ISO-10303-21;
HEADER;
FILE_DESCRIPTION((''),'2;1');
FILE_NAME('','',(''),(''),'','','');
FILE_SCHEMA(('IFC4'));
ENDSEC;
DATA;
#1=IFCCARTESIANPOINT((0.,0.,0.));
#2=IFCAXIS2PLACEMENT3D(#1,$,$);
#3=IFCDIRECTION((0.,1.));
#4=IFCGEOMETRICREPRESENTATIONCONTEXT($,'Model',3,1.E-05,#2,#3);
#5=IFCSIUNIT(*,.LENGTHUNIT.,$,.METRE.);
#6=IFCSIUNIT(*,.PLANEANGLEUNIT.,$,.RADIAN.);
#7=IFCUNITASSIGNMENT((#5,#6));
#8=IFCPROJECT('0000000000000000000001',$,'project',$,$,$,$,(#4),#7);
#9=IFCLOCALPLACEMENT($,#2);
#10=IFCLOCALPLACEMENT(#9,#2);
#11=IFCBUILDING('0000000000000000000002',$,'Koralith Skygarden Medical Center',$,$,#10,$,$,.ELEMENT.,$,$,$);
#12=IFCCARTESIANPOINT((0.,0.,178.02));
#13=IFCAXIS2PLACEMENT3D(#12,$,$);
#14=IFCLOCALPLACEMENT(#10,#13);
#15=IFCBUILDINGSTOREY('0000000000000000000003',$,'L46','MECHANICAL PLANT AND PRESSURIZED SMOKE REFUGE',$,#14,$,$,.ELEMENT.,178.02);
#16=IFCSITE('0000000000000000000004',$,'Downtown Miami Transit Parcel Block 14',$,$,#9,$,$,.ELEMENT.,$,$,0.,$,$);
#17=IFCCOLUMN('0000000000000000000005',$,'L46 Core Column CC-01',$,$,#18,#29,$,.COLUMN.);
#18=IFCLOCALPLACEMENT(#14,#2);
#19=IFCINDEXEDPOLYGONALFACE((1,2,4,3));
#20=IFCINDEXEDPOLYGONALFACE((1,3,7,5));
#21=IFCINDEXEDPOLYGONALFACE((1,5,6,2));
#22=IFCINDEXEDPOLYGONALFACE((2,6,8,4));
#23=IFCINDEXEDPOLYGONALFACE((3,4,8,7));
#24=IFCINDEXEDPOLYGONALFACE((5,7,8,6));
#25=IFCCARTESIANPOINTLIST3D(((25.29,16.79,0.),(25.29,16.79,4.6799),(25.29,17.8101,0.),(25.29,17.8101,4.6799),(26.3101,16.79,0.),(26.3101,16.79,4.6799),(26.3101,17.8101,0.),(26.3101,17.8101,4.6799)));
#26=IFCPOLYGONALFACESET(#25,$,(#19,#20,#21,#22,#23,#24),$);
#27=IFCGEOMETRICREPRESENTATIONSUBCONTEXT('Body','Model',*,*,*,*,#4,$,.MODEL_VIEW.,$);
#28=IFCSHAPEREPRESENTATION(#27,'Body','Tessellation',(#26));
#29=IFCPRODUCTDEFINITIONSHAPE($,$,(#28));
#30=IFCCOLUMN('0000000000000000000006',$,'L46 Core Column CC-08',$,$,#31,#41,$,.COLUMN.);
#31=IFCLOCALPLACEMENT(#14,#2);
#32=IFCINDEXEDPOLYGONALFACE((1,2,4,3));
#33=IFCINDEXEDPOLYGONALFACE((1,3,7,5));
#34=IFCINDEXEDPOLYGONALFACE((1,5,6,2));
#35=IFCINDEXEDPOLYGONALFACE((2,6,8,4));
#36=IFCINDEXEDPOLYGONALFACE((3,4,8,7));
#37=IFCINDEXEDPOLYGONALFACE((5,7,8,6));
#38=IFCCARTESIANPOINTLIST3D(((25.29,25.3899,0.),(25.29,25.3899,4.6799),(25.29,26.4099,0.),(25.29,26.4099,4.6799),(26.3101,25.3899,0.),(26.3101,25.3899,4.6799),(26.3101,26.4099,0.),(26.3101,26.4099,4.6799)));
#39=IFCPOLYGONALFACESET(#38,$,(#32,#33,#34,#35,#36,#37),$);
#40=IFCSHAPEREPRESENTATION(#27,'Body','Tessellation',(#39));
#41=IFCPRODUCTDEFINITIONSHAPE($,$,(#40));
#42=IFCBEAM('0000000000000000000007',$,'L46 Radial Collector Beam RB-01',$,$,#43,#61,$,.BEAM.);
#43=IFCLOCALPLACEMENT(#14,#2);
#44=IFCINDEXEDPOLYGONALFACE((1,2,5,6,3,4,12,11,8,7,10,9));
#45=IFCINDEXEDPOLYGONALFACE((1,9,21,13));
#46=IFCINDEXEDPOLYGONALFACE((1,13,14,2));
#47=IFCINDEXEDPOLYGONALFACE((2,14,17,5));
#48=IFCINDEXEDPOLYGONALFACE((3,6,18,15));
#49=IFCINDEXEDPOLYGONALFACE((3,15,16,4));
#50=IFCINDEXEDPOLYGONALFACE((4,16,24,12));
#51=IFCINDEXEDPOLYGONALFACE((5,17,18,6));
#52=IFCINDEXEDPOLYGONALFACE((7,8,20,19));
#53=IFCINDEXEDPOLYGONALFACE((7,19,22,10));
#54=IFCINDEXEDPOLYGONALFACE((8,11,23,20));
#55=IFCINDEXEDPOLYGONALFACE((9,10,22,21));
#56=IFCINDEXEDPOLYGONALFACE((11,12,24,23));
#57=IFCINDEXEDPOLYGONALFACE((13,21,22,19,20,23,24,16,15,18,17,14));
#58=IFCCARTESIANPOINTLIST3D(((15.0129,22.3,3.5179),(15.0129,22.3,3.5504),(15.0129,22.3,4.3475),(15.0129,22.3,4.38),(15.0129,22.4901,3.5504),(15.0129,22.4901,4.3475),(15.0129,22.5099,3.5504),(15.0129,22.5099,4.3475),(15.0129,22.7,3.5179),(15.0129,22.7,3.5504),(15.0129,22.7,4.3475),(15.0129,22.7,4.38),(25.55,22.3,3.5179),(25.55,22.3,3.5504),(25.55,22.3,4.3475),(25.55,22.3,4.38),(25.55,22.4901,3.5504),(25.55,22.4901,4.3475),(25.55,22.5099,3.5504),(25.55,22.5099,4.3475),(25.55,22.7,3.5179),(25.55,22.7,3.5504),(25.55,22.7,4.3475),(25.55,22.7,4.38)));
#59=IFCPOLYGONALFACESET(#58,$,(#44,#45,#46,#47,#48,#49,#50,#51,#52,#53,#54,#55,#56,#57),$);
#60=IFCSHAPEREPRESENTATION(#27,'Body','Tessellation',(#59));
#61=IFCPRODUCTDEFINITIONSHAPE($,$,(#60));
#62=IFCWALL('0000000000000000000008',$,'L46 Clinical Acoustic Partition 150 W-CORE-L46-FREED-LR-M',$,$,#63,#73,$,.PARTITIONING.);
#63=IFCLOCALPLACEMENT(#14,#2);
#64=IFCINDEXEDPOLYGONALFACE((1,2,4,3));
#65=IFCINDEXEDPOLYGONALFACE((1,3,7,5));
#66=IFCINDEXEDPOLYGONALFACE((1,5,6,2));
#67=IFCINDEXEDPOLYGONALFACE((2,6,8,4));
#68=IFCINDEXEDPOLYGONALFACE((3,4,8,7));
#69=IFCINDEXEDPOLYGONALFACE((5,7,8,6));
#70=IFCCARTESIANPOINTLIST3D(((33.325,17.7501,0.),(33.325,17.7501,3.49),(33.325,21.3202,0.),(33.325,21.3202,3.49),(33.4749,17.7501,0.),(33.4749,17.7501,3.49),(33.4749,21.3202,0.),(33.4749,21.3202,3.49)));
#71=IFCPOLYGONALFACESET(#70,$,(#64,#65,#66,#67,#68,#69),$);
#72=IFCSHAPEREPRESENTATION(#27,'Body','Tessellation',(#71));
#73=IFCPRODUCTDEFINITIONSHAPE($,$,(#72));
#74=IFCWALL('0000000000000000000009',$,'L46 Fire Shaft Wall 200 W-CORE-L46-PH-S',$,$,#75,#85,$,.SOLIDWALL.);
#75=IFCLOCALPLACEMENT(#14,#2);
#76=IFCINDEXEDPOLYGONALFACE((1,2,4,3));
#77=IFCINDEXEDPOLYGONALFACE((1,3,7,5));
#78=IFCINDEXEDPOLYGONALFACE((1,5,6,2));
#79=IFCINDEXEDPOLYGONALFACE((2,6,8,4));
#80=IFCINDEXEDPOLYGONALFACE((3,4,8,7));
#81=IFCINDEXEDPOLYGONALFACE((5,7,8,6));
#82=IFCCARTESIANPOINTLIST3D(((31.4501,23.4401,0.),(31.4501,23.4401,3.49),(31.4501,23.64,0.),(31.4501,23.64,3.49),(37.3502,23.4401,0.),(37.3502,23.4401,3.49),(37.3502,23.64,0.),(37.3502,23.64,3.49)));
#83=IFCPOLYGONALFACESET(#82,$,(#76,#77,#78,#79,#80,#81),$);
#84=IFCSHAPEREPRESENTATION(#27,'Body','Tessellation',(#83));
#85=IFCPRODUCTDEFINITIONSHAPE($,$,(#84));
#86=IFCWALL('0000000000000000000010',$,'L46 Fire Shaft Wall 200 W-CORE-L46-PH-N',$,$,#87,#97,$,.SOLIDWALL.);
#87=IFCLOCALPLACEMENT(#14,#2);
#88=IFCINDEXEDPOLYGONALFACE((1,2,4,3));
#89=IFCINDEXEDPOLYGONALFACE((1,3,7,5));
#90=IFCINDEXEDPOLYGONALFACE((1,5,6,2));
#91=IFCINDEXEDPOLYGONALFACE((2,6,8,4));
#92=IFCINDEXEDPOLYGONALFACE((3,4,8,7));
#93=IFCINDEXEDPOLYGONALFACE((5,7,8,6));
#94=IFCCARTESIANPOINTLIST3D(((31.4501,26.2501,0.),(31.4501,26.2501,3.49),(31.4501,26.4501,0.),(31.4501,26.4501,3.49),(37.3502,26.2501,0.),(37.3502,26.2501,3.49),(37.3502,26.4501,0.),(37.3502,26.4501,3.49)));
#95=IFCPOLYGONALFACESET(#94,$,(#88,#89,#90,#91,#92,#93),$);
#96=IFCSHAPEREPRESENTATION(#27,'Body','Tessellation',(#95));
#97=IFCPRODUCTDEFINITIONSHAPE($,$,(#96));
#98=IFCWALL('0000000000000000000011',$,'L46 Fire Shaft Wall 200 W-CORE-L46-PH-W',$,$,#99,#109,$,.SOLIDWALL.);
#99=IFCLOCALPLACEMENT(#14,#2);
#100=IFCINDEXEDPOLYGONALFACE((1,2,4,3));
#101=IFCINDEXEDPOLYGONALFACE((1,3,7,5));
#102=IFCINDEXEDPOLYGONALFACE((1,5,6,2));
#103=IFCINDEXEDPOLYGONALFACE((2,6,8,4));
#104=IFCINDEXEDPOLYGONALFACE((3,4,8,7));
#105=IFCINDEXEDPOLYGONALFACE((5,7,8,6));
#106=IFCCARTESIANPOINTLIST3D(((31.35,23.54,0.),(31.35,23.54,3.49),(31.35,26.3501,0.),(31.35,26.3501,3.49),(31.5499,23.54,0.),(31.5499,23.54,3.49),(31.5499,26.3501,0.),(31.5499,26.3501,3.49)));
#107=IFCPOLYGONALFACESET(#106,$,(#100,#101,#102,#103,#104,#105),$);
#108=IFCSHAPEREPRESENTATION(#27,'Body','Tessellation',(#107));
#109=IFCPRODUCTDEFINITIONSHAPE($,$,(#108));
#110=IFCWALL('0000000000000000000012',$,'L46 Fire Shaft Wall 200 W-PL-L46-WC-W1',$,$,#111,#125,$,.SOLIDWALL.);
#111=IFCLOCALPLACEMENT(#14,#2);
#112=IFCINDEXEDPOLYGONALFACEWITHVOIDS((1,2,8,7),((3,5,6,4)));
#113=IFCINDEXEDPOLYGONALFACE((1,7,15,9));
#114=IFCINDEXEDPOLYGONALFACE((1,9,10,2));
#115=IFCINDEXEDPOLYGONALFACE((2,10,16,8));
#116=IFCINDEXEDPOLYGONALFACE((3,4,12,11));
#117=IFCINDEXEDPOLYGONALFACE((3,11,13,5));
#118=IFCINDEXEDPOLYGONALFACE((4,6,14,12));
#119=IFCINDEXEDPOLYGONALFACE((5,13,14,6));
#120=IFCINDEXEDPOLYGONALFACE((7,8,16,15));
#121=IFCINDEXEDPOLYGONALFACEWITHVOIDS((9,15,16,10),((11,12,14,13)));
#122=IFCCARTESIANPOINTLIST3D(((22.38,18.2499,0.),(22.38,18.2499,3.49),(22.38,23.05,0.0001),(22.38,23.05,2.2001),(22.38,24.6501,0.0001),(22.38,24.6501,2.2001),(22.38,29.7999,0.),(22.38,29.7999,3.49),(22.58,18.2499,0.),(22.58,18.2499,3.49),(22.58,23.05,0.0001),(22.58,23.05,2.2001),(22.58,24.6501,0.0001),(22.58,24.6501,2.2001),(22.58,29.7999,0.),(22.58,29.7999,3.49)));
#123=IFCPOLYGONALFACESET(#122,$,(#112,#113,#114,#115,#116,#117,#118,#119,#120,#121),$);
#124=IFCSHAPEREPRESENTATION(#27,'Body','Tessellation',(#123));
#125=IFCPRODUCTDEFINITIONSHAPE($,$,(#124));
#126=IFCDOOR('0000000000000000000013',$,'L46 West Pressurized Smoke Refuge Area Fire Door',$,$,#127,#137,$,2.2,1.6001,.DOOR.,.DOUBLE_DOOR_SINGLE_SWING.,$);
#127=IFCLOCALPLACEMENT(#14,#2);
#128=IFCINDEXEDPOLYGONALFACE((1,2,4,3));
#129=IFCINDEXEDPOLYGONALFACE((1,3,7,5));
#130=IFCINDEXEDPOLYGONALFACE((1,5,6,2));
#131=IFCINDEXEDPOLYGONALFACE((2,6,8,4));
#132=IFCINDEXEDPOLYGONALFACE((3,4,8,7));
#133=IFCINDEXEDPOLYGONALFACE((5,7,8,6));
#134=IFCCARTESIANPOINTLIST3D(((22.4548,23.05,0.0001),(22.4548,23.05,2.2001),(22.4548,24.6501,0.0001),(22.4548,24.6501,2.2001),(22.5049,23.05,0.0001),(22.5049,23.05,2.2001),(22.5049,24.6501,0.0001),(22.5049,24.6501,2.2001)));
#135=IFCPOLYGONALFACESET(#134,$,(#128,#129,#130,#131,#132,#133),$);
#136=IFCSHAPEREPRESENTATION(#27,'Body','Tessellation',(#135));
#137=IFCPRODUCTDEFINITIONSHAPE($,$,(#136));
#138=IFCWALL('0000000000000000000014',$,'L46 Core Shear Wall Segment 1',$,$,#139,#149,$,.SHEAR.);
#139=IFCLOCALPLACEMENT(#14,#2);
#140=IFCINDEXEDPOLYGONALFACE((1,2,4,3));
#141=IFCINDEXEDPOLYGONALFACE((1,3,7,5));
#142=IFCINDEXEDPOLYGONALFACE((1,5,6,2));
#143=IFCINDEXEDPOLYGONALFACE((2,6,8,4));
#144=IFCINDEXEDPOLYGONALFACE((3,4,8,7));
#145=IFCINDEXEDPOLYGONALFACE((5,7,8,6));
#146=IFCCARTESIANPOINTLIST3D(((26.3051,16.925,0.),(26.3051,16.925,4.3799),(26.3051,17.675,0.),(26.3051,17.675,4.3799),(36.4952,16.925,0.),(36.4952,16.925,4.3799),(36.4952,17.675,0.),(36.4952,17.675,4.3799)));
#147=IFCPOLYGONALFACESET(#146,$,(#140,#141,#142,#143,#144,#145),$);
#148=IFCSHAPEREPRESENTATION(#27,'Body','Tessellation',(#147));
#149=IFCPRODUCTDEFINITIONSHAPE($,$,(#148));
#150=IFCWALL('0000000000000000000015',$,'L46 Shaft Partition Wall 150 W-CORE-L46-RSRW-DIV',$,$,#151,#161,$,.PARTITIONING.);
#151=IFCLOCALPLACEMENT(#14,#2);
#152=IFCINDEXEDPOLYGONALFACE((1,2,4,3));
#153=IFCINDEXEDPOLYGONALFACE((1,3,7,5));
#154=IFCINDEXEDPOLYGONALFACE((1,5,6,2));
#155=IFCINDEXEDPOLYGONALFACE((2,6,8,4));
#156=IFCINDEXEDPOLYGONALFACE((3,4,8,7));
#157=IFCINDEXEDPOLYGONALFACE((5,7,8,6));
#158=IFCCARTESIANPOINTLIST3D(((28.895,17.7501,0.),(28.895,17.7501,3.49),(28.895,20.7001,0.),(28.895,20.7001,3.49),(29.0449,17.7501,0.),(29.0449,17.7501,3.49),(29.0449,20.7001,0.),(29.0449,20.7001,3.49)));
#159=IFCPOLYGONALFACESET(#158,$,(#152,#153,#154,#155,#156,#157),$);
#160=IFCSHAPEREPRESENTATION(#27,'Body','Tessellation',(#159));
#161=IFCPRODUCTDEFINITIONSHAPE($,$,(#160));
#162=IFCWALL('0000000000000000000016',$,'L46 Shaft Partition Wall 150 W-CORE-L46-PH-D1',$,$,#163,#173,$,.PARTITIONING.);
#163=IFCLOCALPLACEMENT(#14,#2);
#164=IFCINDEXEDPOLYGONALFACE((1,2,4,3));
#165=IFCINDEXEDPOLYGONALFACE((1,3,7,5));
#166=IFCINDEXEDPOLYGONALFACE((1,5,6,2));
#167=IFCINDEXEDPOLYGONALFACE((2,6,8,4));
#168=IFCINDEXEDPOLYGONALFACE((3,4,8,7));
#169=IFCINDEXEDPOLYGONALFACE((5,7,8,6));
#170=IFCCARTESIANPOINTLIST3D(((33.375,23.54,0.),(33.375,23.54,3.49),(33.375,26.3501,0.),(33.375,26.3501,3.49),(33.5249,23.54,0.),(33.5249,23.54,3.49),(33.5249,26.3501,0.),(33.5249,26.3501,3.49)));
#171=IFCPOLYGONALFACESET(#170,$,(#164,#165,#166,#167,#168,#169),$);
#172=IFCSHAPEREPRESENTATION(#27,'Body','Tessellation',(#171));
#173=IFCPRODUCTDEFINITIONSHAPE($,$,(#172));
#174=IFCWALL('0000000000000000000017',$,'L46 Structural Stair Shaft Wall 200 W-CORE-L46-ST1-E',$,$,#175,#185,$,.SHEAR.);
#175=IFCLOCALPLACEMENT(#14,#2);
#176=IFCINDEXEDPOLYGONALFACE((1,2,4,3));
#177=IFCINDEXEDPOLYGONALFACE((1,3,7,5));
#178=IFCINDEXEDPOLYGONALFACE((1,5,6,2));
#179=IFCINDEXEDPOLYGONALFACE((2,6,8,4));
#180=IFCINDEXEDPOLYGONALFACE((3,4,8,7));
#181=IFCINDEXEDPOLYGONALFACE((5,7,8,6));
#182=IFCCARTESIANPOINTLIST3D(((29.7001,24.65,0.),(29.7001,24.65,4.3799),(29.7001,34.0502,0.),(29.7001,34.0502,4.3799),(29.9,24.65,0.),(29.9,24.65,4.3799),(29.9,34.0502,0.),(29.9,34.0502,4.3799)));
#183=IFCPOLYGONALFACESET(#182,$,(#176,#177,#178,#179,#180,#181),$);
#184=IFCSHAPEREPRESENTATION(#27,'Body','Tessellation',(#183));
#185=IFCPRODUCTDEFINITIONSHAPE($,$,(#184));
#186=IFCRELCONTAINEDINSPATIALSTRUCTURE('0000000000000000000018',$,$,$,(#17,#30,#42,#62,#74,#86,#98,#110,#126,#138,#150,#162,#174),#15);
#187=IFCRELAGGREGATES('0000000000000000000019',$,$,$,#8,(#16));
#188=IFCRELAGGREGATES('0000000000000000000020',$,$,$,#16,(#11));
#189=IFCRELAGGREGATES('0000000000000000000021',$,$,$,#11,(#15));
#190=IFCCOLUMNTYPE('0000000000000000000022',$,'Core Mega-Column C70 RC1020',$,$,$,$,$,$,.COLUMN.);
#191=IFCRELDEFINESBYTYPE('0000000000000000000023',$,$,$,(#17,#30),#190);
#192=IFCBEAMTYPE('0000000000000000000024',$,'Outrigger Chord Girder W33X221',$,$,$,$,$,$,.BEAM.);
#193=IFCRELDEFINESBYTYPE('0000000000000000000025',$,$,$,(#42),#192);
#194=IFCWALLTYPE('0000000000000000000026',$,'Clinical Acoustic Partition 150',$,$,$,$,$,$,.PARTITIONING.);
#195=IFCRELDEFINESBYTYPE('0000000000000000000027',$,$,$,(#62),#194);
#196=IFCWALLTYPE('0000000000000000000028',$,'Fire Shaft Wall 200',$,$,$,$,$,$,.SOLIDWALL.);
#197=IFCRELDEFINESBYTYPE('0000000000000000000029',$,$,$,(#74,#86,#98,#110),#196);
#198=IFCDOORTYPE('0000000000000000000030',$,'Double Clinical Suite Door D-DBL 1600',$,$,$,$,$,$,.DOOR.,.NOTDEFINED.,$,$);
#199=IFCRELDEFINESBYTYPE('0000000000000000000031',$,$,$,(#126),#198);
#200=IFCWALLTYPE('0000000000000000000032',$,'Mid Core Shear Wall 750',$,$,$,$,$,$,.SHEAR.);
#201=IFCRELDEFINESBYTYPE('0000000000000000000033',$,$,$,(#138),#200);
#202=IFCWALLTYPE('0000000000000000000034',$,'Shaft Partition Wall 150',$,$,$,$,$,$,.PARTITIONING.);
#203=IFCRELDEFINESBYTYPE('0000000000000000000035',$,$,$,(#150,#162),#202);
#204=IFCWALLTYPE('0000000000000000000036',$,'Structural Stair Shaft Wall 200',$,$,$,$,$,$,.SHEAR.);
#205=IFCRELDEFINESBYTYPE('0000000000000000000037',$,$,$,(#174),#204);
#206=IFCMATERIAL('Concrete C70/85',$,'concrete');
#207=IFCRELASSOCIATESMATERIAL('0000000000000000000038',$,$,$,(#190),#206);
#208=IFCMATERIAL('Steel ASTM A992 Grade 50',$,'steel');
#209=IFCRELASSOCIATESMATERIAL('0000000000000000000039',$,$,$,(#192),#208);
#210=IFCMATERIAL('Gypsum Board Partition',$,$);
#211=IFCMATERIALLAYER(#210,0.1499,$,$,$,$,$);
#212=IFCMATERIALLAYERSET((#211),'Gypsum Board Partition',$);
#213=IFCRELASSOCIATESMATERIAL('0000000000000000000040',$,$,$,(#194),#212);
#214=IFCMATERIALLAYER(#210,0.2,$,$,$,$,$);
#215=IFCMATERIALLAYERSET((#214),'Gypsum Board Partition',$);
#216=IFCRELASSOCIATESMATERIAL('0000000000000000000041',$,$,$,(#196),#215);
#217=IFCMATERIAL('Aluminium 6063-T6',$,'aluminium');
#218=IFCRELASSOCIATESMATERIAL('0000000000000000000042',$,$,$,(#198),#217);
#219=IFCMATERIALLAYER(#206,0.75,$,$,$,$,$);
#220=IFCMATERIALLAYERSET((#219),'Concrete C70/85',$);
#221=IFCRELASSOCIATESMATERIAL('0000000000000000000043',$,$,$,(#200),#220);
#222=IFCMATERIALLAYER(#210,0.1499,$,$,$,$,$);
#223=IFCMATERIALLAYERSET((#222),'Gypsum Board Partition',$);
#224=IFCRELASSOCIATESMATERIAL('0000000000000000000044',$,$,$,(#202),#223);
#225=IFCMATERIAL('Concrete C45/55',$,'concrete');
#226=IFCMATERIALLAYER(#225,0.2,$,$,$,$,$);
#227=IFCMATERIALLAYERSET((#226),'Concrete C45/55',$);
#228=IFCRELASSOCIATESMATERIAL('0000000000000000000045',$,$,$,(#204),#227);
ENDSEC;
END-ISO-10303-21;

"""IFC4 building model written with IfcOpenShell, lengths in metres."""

from ifc_helpers import new_model, si_unit, direction, frame, frame_2d, origin, origin_2d, place, context, subcontext, project, spatial, rectangle, i_section, extrude, material, layer, layer_set, material_profile, profile_set, type_object, element, fill, save


model = new_model("IFC4")

# Units and contexts
model_context = context("Model", 3, precision=1e-05, world=origin(), true_north=direction((0.0, 1.0)))
body_context = subcontext(model_context, "Body", "Model", "MODEL_VIEW")
ifc_project = project(units=[si_unit("LENGTHUNIT", "METRE"), si_unit("PLANEANGLEUNIT", "RADIAN")], contexts=[model_context])

# Site, building, storey
site_placement = place(None, origin())
site = spatial("IfcSite", under=ifc_project, at=site_placement, Name="Downtown Miami Transit Parcel Block 14", CompositionType="ELEMENT", RefElevation=0.0)
building_placement = place(site_placement, origin())
building = spatial("IfcBuilding", under=site, at=building_placement, Name="Koralith Skygarden Medical Center", CompositionType="ELEMENT")
storey_placement = place(building_placement, frame((0.0, 0.0, 178.02)))
storey = spatial("IfcBuildingStorey", under=building, at=storey_placement, Name="L46", Description="MECHANICAL PLANT AND PRESSURIZED SMOKE REFUGE", CompositionType="ELEMENT", Elevation=178.02)

# Columns
ifc_material_1 = material(Name="Concrete C70/85", Category="concrete")
ifc_material_profile_1 = material_profile(ifc_material_1, rectangle(XDim=1.02, YDim=1.02, at=origin_2d()), Name="RC1020X1020")
ifc_profile_set_1 = profile_set([ifc_material_profile_1], Name="Concrete C70/85")
column_type = type_object("IfcColumnType", Name="Core Mega-Column C70 RC1020", PredefinedType="COLUMN", material=ifc_profile_set_1)
for number, where, z_axis, x_axis, name in (
    (1, (25.8, 17.3, 0.0), (0.0, 0.0, 1.0), (1.0, 0.0, 0.0), "L46 Core Column CC-01"),
    (2, (25.8, 25.8999, 0.0), (0.0, 0.0, 1.0), (1.0, 0.0, 0.0), "L46 Core Column CC-08"),
):
    element("IfcColumn", number, at=place(storey_placement, frame(where, z_axis=z_axis, x_axis=x_axis)), inside=storey, type_object=column_type, Name=name, PredefinedType="COLUMN", context=body_context, shape_type="SweptSolid", body=[
        extrude(rectangle(XDim=1.02, YDim=1.02, at=origin_2d()), origin(), (0.0, 0.0, 1.0), 4.6799),
    ])

# Beam
ifc_material_2 = material(Name="Steel ASTM A992 Grade 50", Category="steel")
ifc_material_profile_2 = material_profile(ifc_material_2, i_section(OverallWidth=0.3999, OverallDepth=0.8621, WebThickness=0.0198, FlangeThickness=0.0325, at=origin_2d()), Name="W33X221")
ifc_profile_set_2 = profile_set([ifc_material_profile_2], Name="Steel ASTM A992 Grade 50")
beam_type = type_object("IfcBeamType", Name="Outrigger Chord Girder W33X221", PredefinedType="BEAM", material=ifc_profile_set_2)
beam_placement = place(storey_placement, frame((25.55, 22.5, 3.949), z_axis=(-1.0, 0.0, 0.0), x_axis=(0.0, -1.0, 0.0)))
element("IfcBeam", 3, at=beam_placement, inside=storey, type_object=beam_type, Name="L46 Radial Collector Beam RB-01", PredefinedType="BEAM", context=body_context, shape_type="SweptSolid", body=[
    extrude(i_section(OverallWidth=0.3999, OverallDepth=0.8621, WebThickness=0.0198, FlangeThickness=0.0325, at=origin_2d()), origin(), (0.0, 0.0, 1.0), 10.5371),
])

# Shared definitions
ifc_material_3 = material(Name="Gypsum Board Partition")
ifc_layer_1 = layer(ifc_material_3, 0.1499)
ifc_layer_set_1 = layer_set([ifc_layer_1], Name="Gypsum Board Partition")
wall_type_1 = type_object("IfcWallType", Name="Clinical Acoustic Partition 150", PredefinedType="PARTITIONING", material=ifc_layer_set_1)
ifc_material_4 = material(Name="Aluminium 6063-T6", Category="aluminium")

# Wall
wall_1_placement = place(storey_placement, frame((33.3999, 17.75, 0.0), z_axis=(0.0, 0.0, 1.0), x_axis=(0.0, 1.0, 0.0)))
element("IfcWall", 4, at=wall_1_placement, inside=storey, type_object=wall_type_1, Name="L46 Clinical Acoustic Partition 150 W-CORE-L46-FREED-LR-M", PredefinedType="PARTITIONING", context=body_context, shape_type="SweptSolid", body=[
    extrude(rectangle(XDim=3.5701, YDim=0.1499, at=frame_2d((1.7852, 0.0))), origin(), (0.0, 0.0, 1.0), 3.49),
])

# Shared definitions
ifc_layer_2 = layer(ifc_material_3, 0.2)
ifc_layer_set_2 = layer_set([ifc_layer_2], Name="Gypsum Board Partition")
wall_type_2 = type_object("IfcWallType", Name="Fire Shaft Wall 200", PredefinedType="SOLIDWALL", material=ifc_layer_set_2)

# Walls
for number, where, z_axis, x_axis, name in (
    (5, (31.45, 23.54, 0.0), (0.0, 0.0, 1.0), (1.0, 0.0, 0.0), "L46 Fire Shaft Wall 200 W-CORE-L46-PH-S"),
    (6, (31.45, 26.3501, 0.0), (0.0, 0.0, 1.0), (1.0, 0.0, 0.0), "L46 Fire Shaft Wall 200 W-CORE-L46-PH-N"),
):
    element("IfcWall", number, at=place(storey_placement, frame(where, z_axis=z_axis, x_axis=x_axis)), inside=storey, type_object=wall_type_2, Name=name, PredefinedType="SOLIDWALL", context=body_context, shape_type="SweptSolid", body=[
        extrude(rectangle(XDim=5.9001, YDim=0.2, at=frame_2d((2.9502, 0.0))), origin(), (0.0, 0.0, 1.0), 3.49),
    ])
wall_2_placement = place(storey_placement, frame((31.45, 23.54, 0.0), z_axis=(0.0, 0.0, 1.0), x_axis=(0.0, 1.0, 0.0)))
element("IfcWall", 7, at=wall_2_placement, inside=storey, type_object=wall_type_2, Name="L46 Fire Shaft Wall 200 W-CORE-L46-PH-W", PredefinedType="SOLIDWALL", context=body_context, shape_type="SweptSolid", body=[
    extrude(rectangle(XDim=2.8101, YDim=0.2, at=frame_2d((1.405, 0.0))), origin(), (0.0, 0.0, 1.0), 3.49),
])

# Wall, opening, door
wall_3_placement = place(storey_placement, frame((22.48, 18.25, 0.0), z_axis=(0.0, 0.0, 1.0), x_axis=(0.0, 1.0, 0.0)))
wall_3 = element("IfcWall", 8, at=wall_3_placement, inside=storey, type_object=wall_type_2, Name="L46 Fire Shaft Wall 200 W-PL-L46-WC-W1", PredefinedType="SOLIDWALL", context=body_context, shape_type="SweptSolid", body=[
    extrude(rectangle(XDim=11.55, YDim=0.2, at=frame_2d((5.7749, 0.0))), origin(), (0.0, 0.0, 1.0), 3.49),
])
opening_1_placement = place(wall_3_placement, frame((4.8, 0.0, 0.0)))
opening_1 = element("IfcOpeningElement", 9, at=opening_1_placement, cuts=wall_3, PredefinedType="OPENING", context=body_context, shape_type="SweptSolid", body=[
    extrude(rectangle(XDim=1.6001, YDim=2.2, at=frame_2d((0.8, 1.1001))), frame((0.0, 0.1099, 0.0), z_axis=(0.0, -1.0, 0.0), x_axis=(1.0, 0.0, 0.0)), (0.0, 0.0, 1.0), 0.22),
])
door_type_1 = type_object("IfcDoorType", Name="Double Clinical Suite Door D-DBL 1600", OperationType="NOTDEFINED", PredefinedType="DOOR", material=ifc_material_4)
door_1_placement = place(opening_1_placement, frame((1.6001, 0.0, 0.0), z_axis=(0.0, 0.0, 1.0), x_axis=(-1.0, 0.0, 0.0)))
door_1 = element("IfcDoor", 10, at=door_1_placement, inside=storey, type_object=door_type_1, Name="L46 West Pressurized Smoke Refuge Area Fire Door", OperationType="DOUBLE_DOOR_SINGLE_SWING", OverallHeight=2.2, OverallWidth=1.6001, PredefinedType="DOOR", context=body_context, shape_type="SweptSolid", body=[
    extrude(rectangle(XDim=1.6001, YDim=2.2, at=frame_2d((0.8, 1.1001))), frame((0.0, 0.0249, 0.0), z_axis=(0.0, -1.0, 0.0), x_axis=(1.0, 0.0, 0.0)), (0.0, 0.0, 1.0), 0.05),
])
fill(opening_1, door_1)

# Wall
ifc_layer_3 = layer(ifc_material_1, 0.75)
ifc_layer_set_3 = layer_set([ifc_layer_3], Name="Concrete C70/85")
wall_type_3 = type_object("IfcWallType", Name="Mid Core Shear Wall 750", PredefinedType="SHEAR", material=ifc_layer_set_3)
wall_4_placement = place(storey_placement, frame((26.3049, 17.3, 0.0), z_axis=(0.0, 0.0, 1.0), x_axis=(1.0, 0.0, 0.0)))
element("IfcWall", 11, at=wall_4_placement, inside=storey, type_object=wall_type_3, Name="L46 Core Shear Wall Segment 1", PredefinedType="SHEAR", context=body_context, shape_type="SweptSolid", body=[
    extrude(rectangle(XDim=10.1902, YDim=0.75, at=frame_2d((5.0952, 0.0))), origin(), (0.0, 0.0, 1.0), 4.3799),
])

# Walls
ifc_layer_4 = layer(ifc_material_3, 0.1499)
ifc_layer_set_4 = layer_set([ifc_layer_4], Name="Gypsum Board Partition")
wall_type_4 = type_object("IfcWallType", Name="Shaft Partition Wall 150", PredefinedType="PARTITIONING", material=ifc_layer_set_4)
wall_5_placement = place(storey_placement, frame((28.97, 17.75, 0.0), z_axis=(0.0, 0.0, 1.0), x_axis=(0.0, 1.0, 0.0)))
element("IfcWall", 12, at=wall_5_placement, inside=storey, type_object=wall_type_4, Name="L46 Shaft Partition Wall 150 W-CORE-L46-RSRW-DIV", PredefinedType="PARTITIONING", context=body_context, shape_type="SweptSolid", body=[
    extrude(rectangle(XDim=2.95, YDim=0.1499, at=frame_2d((1.4751, 0.0))), origin(), (0.0, 0.0, 1.0), 3.49),
])
wall_6_placement = place(storey_placement, frame((33.45, 23.54, 0.0), z_axis=(0.0, 0.0, 1.0), x_axis=(0.0, 1.0, 0.0)))
element("IfcWall", 13, at=wall_6_placement, inside=storey, type_object=wall_type_4, Name="L46 Shaft Partition Wall 150 W-CORE-L46-PH-D1", PredefinedType="PARTITIONING", context=body_context, shape_type="SweptSolid", body=[
    extrude(rectangle(XDim=2.8101, YDim=0.1499, at=frame_2d((1.405, 0.0))), origin(), (0.0, 0.0, 1.0), 3.49),
])
ifc_material_5 = material(Name="Concrete C45/55", Category="concrete")
ifc_layer_5 = layer(ifc_material_5, 0.2)
ifc_layer_set_5 = layer_set([ifc_layer_5], Name="Concrete C45/55")
wall_type_5 = type_object("IfcWallType", Name="Structural Stair Shaft Wall 200", PredefinedType="SHEAR", material=ifc_layer_set_5)
wall_7_placement = place(storey_placement, frame((29.8, 24.6499, 0.0), z_axis=(0.0, 0.0, 1.0), x_axis=(0.0, 1.0, 0.0)))
element("IfcWall", 14, at=wall_7_placement, inside=storey, type_object=wall_type_5, Name="L46 Structural Stair Shaft Wall 200 W-CORE-L46-ST1-E", PredefinedType="SHEAR", context=body_context, shape_type="SweptSolid", body=[
    extrude(rectangle(XDim=9.4001, YDim=0.2, at=frame_2d((4.7002, 0.0))), origin(), (0.0, 0.0, 1.0), 4.3799),
])

save(model, "model.ifc")
